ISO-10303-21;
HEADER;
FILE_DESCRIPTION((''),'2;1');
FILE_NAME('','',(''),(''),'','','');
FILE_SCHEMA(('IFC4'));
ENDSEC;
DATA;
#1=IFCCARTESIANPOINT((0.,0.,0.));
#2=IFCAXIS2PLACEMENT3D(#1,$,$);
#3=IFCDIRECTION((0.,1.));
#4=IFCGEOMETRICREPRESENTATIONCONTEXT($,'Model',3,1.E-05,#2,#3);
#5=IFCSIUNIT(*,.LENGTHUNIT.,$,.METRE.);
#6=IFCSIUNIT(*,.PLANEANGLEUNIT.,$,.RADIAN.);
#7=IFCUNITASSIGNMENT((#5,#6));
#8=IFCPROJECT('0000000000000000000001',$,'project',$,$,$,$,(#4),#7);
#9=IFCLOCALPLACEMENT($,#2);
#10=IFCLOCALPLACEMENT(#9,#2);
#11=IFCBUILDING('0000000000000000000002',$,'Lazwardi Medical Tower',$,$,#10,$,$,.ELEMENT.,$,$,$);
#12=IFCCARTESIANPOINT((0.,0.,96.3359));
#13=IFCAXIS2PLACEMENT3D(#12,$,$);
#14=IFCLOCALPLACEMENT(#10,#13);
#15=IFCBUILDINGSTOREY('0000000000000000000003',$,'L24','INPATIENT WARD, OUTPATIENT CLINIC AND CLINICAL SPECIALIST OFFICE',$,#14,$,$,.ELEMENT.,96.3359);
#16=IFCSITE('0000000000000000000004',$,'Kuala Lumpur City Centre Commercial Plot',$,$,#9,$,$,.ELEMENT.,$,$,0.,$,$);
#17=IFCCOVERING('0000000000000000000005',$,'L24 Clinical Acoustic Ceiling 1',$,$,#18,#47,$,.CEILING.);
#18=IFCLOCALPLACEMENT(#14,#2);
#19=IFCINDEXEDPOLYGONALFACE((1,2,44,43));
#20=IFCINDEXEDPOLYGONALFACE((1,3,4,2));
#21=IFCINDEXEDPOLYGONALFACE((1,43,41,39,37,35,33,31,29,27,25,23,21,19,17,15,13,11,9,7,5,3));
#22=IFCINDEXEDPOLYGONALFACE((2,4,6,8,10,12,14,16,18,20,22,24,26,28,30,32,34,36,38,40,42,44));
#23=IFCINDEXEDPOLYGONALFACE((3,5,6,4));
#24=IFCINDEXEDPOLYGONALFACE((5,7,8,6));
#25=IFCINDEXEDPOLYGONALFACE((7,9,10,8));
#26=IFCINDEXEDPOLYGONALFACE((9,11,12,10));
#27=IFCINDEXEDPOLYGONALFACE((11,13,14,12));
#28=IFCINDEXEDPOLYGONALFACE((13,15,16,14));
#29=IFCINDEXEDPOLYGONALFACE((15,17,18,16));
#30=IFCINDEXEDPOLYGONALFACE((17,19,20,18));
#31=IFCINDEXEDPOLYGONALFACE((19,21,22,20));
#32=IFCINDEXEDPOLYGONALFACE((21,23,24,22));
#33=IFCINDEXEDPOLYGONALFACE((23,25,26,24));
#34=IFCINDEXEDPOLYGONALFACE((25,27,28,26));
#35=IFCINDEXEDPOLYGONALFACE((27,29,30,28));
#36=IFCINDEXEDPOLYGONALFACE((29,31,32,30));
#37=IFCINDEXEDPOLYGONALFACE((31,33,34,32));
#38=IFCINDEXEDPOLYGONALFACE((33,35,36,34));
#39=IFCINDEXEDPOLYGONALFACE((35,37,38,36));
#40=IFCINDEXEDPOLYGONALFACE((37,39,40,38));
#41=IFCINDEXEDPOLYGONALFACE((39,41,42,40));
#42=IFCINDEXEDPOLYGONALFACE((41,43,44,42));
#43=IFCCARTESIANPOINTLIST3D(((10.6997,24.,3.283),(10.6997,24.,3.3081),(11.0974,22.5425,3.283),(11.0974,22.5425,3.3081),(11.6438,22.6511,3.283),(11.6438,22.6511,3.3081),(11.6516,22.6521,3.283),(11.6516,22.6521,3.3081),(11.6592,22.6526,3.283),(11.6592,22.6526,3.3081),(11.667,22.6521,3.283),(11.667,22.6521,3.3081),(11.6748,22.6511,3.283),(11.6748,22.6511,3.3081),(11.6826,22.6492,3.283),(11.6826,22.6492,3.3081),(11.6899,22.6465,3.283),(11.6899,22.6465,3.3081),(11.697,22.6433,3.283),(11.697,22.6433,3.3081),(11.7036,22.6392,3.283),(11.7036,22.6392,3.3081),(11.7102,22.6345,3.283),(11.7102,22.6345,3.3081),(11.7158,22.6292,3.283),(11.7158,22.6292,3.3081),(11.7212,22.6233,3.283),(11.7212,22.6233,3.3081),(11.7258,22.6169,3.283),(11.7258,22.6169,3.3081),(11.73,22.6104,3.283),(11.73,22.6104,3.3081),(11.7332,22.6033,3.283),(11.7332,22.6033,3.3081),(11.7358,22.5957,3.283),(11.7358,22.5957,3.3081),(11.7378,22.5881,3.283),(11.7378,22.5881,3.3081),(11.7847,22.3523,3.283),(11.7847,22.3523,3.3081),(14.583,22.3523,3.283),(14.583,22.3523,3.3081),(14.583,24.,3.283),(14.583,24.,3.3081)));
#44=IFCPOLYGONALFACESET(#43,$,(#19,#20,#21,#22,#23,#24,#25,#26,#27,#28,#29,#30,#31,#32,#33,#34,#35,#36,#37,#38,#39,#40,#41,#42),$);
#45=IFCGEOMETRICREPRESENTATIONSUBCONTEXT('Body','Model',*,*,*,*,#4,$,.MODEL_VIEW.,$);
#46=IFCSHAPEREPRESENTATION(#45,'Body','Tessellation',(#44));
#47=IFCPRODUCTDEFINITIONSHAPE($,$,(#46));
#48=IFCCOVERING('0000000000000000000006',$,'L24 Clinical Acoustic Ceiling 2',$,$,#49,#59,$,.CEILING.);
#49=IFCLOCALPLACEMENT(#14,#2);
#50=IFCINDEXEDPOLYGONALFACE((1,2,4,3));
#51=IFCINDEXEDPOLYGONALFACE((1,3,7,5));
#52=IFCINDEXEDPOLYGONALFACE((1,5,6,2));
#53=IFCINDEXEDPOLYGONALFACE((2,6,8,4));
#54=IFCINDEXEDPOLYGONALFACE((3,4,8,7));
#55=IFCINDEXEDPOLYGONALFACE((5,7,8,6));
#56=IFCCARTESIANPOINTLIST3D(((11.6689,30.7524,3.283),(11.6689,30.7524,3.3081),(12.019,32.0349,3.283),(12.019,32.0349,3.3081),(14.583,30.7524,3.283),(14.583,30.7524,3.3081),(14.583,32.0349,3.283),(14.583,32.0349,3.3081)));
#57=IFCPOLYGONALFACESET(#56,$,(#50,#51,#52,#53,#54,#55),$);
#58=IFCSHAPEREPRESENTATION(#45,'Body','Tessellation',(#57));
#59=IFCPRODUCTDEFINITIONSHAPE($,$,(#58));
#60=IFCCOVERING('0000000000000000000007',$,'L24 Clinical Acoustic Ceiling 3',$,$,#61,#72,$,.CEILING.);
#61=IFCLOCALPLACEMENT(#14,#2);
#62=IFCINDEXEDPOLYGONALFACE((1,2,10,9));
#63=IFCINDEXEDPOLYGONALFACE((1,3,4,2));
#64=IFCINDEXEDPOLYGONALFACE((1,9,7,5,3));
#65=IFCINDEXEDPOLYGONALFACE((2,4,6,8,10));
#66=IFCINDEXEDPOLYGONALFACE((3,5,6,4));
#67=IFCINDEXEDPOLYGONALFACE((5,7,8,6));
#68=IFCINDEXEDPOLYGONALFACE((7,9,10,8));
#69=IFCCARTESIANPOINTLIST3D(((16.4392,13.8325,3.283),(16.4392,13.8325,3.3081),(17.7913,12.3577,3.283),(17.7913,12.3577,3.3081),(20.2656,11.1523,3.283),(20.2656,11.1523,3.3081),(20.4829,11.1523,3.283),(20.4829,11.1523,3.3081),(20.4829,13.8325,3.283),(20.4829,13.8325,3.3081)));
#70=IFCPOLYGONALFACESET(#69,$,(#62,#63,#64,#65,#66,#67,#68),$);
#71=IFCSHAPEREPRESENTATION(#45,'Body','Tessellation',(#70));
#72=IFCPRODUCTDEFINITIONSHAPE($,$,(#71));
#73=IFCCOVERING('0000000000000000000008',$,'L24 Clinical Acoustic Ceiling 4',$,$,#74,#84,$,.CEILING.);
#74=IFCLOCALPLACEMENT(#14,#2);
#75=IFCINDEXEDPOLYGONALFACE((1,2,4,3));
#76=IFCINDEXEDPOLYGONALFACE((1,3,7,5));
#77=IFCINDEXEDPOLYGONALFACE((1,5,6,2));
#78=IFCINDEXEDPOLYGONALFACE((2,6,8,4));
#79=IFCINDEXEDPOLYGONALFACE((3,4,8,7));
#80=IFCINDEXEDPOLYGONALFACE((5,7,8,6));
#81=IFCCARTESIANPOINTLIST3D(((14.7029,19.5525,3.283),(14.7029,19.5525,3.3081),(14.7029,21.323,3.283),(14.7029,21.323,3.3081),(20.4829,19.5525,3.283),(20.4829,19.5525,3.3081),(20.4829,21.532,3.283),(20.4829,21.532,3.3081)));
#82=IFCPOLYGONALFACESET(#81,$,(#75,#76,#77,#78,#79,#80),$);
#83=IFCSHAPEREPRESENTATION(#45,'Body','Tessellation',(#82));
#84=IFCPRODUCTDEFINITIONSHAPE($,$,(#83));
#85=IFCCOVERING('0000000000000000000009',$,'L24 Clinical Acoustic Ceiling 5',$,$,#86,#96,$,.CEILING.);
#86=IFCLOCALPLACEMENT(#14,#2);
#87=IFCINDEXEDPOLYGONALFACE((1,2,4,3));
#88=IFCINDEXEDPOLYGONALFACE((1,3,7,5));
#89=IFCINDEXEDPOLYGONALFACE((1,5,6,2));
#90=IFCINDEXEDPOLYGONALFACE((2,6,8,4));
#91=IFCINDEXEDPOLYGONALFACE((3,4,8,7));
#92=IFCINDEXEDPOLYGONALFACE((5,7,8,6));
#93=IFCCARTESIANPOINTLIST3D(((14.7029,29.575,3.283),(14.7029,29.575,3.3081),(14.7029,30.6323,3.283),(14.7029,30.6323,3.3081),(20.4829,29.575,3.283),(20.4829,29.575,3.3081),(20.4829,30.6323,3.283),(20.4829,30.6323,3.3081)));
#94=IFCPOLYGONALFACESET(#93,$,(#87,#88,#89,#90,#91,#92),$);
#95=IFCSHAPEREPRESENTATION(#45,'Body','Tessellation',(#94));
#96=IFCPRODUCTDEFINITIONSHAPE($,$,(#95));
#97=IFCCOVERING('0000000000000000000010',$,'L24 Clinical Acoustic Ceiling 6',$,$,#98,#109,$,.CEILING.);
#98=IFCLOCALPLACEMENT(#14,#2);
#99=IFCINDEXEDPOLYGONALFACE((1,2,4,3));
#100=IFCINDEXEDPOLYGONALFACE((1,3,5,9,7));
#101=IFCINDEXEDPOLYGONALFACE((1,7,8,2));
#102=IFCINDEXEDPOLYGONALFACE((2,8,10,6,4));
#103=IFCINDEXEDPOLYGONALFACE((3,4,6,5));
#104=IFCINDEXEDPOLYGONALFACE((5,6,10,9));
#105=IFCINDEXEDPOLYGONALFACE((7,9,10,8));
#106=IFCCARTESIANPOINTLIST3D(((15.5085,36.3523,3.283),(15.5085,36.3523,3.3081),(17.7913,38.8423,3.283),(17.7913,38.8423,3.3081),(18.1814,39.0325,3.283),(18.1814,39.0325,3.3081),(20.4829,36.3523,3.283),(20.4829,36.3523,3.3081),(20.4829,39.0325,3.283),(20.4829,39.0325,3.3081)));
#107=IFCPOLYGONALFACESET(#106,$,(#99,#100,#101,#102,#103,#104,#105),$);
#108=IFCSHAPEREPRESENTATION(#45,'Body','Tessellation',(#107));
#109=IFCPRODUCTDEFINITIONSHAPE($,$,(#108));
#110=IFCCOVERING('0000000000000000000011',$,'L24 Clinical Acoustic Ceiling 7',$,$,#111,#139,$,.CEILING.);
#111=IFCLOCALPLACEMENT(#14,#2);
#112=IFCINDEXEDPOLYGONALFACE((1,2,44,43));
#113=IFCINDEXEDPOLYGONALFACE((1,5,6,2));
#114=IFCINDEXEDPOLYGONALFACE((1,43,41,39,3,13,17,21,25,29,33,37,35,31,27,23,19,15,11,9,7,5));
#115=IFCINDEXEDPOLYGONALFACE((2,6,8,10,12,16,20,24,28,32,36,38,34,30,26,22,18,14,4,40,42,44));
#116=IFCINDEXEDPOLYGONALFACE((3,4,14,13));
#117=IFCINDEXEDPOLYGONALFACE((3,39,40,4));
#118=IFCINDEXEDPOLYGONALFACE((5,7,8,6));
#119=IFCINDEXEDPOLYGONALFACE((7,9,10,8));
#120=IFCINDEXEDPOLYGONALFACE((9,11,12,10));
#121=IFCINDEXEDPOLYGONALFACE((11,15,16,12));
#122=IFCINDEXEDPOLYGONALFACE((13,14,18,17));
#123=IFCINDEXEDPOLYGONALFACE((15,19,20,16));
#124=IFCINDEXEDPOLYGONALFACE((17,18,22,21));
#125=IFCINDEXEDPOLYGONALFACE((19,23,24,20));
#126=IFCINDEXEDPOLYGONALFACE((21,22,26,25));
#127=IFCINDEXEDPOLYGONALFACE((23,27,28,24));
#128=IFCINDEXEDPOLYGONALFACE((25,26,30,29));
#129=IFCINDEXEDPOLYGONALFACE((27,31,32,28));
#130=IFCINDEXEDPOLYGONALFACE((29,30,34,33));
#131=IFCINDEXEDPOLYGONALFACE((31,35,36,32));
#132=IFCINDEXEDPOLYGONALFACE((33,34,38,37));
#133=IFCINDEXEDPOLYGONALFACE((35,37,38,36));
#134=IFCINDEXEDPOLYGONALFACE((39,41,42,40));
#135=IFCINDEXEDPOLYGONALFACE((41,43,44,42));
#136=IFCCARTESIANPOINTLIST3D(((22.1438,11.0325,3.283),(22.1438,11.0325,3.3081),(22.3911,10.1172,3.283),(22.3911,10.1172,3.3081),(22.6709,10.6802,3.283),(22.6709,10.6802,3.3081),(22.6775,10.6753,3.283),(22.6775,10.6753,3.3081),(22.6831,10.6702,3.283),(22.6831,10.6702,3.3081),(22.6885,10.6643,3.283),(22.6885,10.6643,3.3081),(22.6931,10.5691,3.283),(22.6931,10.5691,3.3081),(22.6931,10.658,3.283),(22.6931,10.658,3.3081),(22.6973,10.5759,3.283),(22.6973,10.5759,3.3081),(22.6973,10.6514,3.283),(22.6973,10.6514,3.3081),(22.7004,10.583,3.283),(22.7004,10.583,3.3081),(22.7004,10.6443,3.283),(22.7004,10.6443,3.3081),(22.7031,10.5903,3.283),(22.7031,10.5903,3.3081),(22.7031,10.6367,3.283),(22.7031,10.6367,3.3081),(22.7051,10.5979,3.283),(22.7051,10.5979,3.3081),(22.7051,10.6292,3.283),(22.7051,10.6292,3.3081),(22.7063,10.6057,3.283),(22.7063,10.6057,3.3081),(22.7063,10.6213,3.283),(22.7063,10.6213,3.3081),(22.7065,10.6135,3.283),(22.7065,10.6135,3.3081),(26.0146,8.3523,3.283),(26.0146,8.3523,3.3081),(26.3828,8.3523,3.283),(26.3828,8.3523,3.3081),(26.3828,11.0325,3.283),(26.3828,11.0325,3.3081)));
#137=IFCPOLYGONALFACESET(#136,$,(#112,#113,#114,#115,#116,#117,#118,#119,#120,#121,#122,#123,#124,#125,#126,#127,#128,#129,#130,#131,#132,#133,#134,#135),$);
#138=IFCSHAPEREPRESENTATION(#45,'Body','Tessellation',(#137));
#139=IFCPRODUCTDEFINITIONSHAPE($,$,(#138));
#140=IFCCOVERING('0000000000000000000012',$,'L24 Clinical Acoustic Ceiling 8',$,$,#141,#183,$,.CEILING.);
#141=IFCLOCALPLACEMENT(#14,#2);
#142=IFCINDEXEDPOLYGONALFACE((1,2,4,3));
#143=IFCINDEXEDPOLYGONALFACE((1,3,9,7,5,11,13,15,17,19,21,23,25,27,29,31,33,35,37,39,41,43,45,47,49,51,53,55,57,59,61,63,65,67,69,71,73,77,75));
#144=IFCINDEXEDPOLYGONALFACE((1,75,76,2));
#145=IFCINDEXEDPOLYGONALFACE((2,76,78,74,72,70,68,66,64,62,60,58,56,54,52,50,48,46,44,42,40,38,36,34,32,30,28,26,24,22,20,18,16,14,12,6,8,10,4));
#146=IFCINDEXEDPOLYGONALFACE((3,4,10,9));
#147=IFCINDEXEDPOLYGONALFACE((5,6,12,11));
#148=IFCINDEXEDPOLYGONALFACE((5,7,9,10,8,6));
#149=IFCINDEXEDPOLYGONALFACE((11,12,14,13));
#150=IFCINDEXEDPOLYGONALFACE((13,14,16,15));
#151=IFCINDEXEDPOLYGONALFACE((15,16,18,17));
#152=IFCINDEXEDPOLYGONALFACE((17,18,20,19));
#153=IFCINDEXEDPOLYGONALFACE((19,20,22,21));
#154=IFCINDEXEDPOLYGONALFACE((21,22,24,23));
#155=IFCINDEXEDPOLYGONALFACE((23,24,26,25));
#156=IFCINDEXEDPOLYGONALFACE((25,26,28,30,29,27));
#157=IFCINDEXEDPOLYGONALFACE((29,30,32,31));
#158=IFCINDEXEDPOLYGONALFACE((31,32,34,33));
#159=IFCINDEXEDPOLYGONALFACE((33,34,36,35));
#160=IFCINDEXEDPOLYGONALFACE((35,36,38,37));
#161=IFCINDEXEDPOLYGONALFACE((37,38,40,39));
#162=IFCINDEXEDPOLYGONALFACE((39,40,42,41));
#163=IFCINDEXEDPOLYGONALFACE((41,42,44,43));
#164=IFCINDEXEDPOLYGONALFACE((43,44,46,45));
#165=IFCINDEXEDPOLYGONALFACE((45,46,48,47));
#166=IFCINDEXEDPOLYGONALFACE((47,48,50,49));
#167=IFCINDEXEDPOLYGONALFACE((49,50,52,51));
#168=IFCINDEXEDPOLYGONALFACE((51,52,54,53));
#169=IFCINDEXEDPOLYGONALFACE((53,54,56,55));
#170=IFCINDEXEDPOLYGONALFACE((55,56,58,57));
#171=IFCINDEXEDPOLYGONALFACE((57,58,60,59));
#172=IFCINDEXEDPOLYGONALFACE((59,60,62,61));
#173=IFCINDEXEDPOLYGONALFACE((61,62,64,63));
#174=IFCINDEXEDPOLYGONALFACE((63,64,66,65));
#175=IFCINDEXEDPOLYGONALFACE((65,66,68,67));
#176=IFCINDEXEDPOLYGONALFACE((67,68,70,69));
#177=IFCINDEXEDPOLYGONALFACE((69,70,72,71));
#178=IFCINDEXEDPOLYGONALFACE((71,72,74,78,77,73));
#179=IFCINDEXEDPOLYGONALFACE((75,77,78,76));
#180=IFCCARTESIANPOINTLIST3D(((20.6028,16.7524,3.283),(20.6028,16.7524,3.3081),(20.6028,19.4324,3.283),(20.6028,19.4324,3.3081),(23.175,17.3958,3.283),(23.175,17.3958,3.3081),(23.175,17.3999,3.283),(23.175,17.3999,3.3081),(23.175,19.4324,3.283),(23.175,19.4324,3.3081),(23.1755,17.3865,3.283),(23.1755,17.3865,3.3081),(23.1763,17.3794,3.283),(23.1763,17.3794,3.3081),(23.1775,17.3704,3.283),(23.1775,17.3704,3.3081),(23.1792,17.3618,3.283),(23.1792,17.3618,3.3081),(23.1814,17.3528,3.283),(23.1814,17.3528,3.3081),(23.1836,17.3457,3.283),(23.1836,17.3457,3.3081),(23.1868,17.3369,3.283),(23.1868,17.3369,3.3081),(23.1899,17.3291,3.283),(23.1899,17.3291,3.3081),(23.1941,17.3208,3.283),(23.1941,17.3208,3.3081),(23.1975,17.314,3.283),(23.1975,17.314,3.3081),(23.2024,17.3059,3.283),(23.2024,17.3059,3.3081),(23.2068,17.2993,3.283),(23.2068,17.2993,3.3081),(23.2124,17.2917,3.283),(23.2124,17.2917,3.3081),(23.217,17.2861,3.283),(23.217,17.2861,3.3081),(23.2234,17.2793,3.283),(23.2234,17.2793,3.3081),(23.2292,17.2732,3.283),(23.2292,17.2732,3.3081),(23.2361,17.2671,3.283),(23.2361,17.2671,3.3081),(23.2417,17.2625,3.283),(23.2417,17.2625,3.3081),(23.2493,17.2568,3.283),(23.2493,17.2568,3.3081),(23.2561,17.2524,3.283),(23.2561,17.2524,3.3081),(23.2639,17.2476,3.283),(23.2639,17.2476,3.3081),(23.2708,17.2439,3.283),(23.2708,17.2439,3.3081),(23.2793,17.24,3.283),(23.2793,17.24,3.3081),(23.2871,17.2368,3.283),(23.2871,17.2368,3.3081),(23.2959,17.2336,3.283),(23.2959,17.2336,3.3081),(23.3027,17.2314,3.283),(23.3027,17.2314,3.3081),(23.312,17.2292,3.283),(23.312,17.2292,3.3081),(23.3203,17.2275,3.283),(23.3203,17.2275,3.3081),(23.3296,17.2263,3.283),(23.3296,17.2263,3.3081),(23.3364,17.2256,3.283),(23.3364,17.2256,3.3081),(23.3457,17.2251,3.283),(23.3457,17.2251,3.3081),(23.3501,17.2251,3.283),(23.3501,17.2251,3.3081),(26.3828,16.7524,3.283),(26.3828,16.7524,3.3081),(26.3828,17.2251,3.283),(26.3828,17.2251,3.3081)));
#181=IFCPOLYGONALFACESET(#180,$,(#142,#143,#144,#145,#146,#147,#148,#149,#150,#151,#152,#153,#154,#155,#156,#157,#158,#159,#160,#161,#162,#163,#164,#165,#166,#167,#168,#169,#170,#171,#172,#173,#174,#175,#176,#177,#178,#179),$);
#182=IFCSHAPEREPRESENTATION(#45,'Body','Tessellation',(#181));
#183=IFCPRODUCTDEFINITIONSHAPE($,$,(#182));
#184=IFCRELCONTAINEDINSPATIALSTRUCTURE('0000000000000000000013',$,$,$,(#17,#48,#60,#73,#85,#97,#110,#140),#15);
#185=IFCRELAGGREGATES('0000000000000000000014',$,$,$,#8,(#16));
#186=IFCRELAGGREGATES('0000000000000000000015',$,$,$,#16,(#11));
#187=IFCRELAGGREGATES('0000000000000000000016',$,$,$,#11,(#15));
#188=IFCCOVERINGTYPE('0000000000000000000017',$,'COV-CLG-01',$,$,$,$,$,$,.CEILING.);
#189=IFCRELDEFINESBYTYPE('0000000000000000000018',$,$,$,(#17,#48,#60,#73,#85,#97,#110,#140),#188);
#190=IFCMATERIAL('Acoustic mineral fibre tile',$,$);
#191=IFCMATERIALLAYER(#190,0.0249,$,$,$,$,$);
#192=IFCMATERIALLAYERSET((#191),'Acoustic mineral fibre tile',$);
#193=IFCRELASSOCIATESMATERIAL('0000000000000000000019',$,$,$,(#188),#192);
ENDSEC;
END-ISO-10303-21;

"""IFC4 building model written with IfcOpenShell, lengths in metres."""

from ifc_helpers import new_model, si_unit, direction, frame, origin, place, context, subcontext, project, spatial, polyline, outline, extrude, material, layer, layer_set, type_object, element, save


model = new_model("IFC4")

# Units and contexts
model_context = context("Model", 3, precision=1e-05, world=origin(), true_north=direction((0.0, 1.0)))
body_context = subcontext(model_context, "Body", "Model", "MODEL_VIEW")
ifc_project = project(units=[si_unit("LENGTHUNIT", "METRE"), si_unit("PLANEANGLEUNIT", "RADIAN")], contexts=[model_context])

# Site, building, storey
site_placement = place(None, origin())
site = spatial("IfcSite", under=ifc_project, at=site_placement, Name="Kuala Lumpur City Centre Commercial Plot", CompositionType="ELEMENT", RefElevation=0.0)
building_placement = place(site_placement, origin())
building = spatial("IfcBuilding", under=site, at=building_placement, Name="Lazwardi Medical Tower", CompositionType="ELEMENT")
storey_placement = place(building_placement, frame((0.0, 0.0, 96.3359)))
storey = spatial("IfcBuildingStorey", under=building, at=storey_placement, Name="L24", Description="INPATIENT WARD, OUTPATIENT CLINIC AND CLINICAL SPECIALIST OFFICE", CompositionType="ELEMENT", Elevation=96.3359)

# Coverings
ifc_material_1 = material(Name="Acoustic mineral fibre tile")
ifc_layer_1 = layer(ifc_material_1, 0.0249)
ifc_layer_set_1 = layer_set([ifc_layer_1], Name="Acoustic mineral fibre tile")
covering_type_1 = type_object("IfcCoveringType", Name="COV-CLG-01", PredefinedType="CEILING", material=ifc_layer_set_1)
covering_1_placement = place(storey_placement, frame((0.0, 0.0, 3.283)))
element("IfcCovering", 1, at=covering_1_placement, inside=storey, type_object=covering_type_1, Name="L24 Clinical Acoustic Ceiling 1", PredefinedType="CEILING", context=body_context, shape_type="SweptSolid", body=[
    extrude(outline(polyline([(14.583, 24.0), (10.6997, 24.0), (11.0974, 22.5425), (11.6438, 22.6511), (11.6516, 22.6521), (11.6592, 22.6526), (11.667, 22.6521), (11.6748, 22.6511), (11.6826, 22.6492), (11.6899, 22.6465), (11.697, 22.6433), (11.7036, 22.6392), (11.7102, 22.6345), (11.7158, 22.6292), (11.7212, 22.6233), (11.7258, 22.6169), (11.73, 22.6104), (11.7332, 22.6033), (11.7358, 22.5957), (11.7378, 22.5881), (11.7847, 22.3523), (14.583, 22.3523), (14.583, 24.0)])), origin(), (0.0, 0.0, 1.0), 0.0251),
])
covering_2_placement = place(storey_placement, frame((0.0, 0.0, 3.283)))
element("IfcCovering", 2, at=covering_2_placement, inside=storey, type_object=covering_type_1, Name="L24 Clinical Acoustic Ceiling 2", PredefinedType="CEILING", context=body_context, shape_type="SweptSolid", body=[
    extrude(outline(polyline([(14.583, 32.0349), (12.019, 32.0349), (11.6689, 30.7524), (14.583, 30.7524), (14.583, 32.0349)])), origin(), (0.0, 0.0, 1.0), 0.0251),
])
covering_3_placement = place(storey_placement, frame((0.0, 0.0, 3.283)))
element("IfcCovering", 3, at=covering_3_placement, inside=storey, type_object=covering_type_1, Name="L24 Clinical Acoustic Ceiling 3", PredefinedType="CEILING", context=body_context, shape_type="SweptSolid", body=[
    extrude(outline(polyline([(16.4392, 13.8325), (17.7913, 12.3577), (20.2656, 11.1523), (20.4829, 11.1523), (20.4829, 13.8325), (16.4392, 13.8325)])), origin(), (0.0, 0.0, 1.0), 0.0251),
])
covering_4_placement = place(storey_placement, frame((0.0, 0.0, 3.283)))
element("IfcCovering", 4, at=covering_4_placement, inside=storey, type_object=covering_type_1, Name="L24 Clinical Acoustic Ceiling 4", PredefinedType="CEILING", context=body_context, shape_type="SweptSolid", body=[
    extrude(outline(polyline([(20.4829, 21.532), (14.7029, 21.323), (14.7029, 19.5525), (20.4829, 19.5525), (20.4829, 21.532)])), origin(), (0.0, 0.0, 1.0), 0.0251),
])
covering_5_placement = place(storey_placement, frame((0.0, 0.0, 3.283)))
element("IfcCovering", 5, at=covering_5_placement, inside=storey, type_object=covering_type_1, Name="L24 Clinical Acoustic Ceiling 5", PredefinedType="CEILING", context=body_context, shape_type="SweptSolid", body=[
    extrude(outline(polyline([(14.7029, 29.575), (20.4829, 29.575), (20.4829, 30.6323), (14.7029, 30.6323), (14.7029, 29.575)])), origin(), (0.0, 0.0, 1.0), 0.0251),
])
covering_6_placement = place(storey_placement, frame((0.0, 0.0, 3.283)))
element("IfcCovering", 6, at=covering_6_placement, inside=storey, type_object=covering_type_1, Name="L24 Clinical Acoustic Ceiling 6", PredefinedType="CEILING", context=body_context, shape_type="SweptSolid", body=[
    extrude(outline(polyline([(18.1814, 39.0325), (17.7913, 38.8423), (15.5085, 36.3523), (20.4829, 36.3523), (20.4829, 39.0325), (18.1814, 39.0325)])), origin(), (0.0, 0.0, 1.0), 0.0251),
])
covering_7_placement = place(storey_placement, frame((0.0, 0.0, 3.283)))
element("IfcCovering", 7, at=covering_7_placement, inside=storey, type_object=covering_type_1, Name="L24 Clinical Acoustic Ceiling 7", PredefinedType="CEILING", context=body_context, shape_type="SweptSolid", body=[
    extrude(outline(polyline([(22.1438, 11.0325), (22.6709, 10.6802), (22.6775, 10.6753), (22.6831, 10.6702), (22.6885, 10.6643), (22.6931, 10.658), (22.6973, 10.6514), (22.7004, 10.6443), (22.7031, 10.6367), (22.7051, 10.6292), (22.7063, 10.6213), (22.7065, 10.6135), (22.7063, 10.6057), (22.7051, 10.5979), (22.7031, 10.5903), (22.7004, 10.583), (22.6973, 10.5759), (22.6931, 10.5691), (22.3911, 10.1172), (26.0146, 8.3523), (26.3828, 8.3523), (26.3828, 11.0325), (22.1438, 11.0325)])), origin(), (0.0, 0.0, 1.0), 0.0251),
])
covering_8_placement = place(storey_placement, frame((0.0, 0.0, 3.283)))
element("IfcCovering", 8, at=covering_8_placement, inside=storey, type_object=covering_type_1, Name="L24 Clinical Acoustic Ceiling 8", PredefinedType="CEILING", context=body_context, shape_type="SweptSolid", body=[
    extrude(outline(polyline([(26.3828, 17.2251), (23.3501, 17.2251), (23.3457, 17.2251), (23.3364, 17.2256), (23.3296, 17.2263), (23.3203, 17.2275), (23.312, 17.2292), (23.3027, 17.2314), (23.2959, 17.2336), (23.2871, 17.2368), (23.2793, 17.24), (23.2708, 17.2439), (23.2639, 17.2476), (23.2561, 17.2524), (23.2493, 17.2568), (23.2417, 17.2625), (23.2361, 17.2671), (23.2292, 17.2732), (23.2234, 17.2793), (23.217, 17.2861), (23.2124, 17.2917), (23.2068, 17.2993), (23.2024, 17.3059), (23.1975, 17.314), (23.1941, 17.3208), (23.1899, 17.3291), (23.1868, 17.3369), (23.1836, 17.3457), (23.1814, 17.3528), (23.1792, 17.3618), (23.1775, 17.3704), (23.1763, 17.3794), (23.1755, 17.3865), (23.175, 17.3958), (23.175, 17.3999), (23.175, 19.4324), (20.6028, 19.4324), (20.6028, 16.7524), (26.3828, 16.7524), (26.3828, 17.2251)])), origin(), (0.0, 0.0, 1.0), 0.0251),
])

save(model, "model.ifc")
